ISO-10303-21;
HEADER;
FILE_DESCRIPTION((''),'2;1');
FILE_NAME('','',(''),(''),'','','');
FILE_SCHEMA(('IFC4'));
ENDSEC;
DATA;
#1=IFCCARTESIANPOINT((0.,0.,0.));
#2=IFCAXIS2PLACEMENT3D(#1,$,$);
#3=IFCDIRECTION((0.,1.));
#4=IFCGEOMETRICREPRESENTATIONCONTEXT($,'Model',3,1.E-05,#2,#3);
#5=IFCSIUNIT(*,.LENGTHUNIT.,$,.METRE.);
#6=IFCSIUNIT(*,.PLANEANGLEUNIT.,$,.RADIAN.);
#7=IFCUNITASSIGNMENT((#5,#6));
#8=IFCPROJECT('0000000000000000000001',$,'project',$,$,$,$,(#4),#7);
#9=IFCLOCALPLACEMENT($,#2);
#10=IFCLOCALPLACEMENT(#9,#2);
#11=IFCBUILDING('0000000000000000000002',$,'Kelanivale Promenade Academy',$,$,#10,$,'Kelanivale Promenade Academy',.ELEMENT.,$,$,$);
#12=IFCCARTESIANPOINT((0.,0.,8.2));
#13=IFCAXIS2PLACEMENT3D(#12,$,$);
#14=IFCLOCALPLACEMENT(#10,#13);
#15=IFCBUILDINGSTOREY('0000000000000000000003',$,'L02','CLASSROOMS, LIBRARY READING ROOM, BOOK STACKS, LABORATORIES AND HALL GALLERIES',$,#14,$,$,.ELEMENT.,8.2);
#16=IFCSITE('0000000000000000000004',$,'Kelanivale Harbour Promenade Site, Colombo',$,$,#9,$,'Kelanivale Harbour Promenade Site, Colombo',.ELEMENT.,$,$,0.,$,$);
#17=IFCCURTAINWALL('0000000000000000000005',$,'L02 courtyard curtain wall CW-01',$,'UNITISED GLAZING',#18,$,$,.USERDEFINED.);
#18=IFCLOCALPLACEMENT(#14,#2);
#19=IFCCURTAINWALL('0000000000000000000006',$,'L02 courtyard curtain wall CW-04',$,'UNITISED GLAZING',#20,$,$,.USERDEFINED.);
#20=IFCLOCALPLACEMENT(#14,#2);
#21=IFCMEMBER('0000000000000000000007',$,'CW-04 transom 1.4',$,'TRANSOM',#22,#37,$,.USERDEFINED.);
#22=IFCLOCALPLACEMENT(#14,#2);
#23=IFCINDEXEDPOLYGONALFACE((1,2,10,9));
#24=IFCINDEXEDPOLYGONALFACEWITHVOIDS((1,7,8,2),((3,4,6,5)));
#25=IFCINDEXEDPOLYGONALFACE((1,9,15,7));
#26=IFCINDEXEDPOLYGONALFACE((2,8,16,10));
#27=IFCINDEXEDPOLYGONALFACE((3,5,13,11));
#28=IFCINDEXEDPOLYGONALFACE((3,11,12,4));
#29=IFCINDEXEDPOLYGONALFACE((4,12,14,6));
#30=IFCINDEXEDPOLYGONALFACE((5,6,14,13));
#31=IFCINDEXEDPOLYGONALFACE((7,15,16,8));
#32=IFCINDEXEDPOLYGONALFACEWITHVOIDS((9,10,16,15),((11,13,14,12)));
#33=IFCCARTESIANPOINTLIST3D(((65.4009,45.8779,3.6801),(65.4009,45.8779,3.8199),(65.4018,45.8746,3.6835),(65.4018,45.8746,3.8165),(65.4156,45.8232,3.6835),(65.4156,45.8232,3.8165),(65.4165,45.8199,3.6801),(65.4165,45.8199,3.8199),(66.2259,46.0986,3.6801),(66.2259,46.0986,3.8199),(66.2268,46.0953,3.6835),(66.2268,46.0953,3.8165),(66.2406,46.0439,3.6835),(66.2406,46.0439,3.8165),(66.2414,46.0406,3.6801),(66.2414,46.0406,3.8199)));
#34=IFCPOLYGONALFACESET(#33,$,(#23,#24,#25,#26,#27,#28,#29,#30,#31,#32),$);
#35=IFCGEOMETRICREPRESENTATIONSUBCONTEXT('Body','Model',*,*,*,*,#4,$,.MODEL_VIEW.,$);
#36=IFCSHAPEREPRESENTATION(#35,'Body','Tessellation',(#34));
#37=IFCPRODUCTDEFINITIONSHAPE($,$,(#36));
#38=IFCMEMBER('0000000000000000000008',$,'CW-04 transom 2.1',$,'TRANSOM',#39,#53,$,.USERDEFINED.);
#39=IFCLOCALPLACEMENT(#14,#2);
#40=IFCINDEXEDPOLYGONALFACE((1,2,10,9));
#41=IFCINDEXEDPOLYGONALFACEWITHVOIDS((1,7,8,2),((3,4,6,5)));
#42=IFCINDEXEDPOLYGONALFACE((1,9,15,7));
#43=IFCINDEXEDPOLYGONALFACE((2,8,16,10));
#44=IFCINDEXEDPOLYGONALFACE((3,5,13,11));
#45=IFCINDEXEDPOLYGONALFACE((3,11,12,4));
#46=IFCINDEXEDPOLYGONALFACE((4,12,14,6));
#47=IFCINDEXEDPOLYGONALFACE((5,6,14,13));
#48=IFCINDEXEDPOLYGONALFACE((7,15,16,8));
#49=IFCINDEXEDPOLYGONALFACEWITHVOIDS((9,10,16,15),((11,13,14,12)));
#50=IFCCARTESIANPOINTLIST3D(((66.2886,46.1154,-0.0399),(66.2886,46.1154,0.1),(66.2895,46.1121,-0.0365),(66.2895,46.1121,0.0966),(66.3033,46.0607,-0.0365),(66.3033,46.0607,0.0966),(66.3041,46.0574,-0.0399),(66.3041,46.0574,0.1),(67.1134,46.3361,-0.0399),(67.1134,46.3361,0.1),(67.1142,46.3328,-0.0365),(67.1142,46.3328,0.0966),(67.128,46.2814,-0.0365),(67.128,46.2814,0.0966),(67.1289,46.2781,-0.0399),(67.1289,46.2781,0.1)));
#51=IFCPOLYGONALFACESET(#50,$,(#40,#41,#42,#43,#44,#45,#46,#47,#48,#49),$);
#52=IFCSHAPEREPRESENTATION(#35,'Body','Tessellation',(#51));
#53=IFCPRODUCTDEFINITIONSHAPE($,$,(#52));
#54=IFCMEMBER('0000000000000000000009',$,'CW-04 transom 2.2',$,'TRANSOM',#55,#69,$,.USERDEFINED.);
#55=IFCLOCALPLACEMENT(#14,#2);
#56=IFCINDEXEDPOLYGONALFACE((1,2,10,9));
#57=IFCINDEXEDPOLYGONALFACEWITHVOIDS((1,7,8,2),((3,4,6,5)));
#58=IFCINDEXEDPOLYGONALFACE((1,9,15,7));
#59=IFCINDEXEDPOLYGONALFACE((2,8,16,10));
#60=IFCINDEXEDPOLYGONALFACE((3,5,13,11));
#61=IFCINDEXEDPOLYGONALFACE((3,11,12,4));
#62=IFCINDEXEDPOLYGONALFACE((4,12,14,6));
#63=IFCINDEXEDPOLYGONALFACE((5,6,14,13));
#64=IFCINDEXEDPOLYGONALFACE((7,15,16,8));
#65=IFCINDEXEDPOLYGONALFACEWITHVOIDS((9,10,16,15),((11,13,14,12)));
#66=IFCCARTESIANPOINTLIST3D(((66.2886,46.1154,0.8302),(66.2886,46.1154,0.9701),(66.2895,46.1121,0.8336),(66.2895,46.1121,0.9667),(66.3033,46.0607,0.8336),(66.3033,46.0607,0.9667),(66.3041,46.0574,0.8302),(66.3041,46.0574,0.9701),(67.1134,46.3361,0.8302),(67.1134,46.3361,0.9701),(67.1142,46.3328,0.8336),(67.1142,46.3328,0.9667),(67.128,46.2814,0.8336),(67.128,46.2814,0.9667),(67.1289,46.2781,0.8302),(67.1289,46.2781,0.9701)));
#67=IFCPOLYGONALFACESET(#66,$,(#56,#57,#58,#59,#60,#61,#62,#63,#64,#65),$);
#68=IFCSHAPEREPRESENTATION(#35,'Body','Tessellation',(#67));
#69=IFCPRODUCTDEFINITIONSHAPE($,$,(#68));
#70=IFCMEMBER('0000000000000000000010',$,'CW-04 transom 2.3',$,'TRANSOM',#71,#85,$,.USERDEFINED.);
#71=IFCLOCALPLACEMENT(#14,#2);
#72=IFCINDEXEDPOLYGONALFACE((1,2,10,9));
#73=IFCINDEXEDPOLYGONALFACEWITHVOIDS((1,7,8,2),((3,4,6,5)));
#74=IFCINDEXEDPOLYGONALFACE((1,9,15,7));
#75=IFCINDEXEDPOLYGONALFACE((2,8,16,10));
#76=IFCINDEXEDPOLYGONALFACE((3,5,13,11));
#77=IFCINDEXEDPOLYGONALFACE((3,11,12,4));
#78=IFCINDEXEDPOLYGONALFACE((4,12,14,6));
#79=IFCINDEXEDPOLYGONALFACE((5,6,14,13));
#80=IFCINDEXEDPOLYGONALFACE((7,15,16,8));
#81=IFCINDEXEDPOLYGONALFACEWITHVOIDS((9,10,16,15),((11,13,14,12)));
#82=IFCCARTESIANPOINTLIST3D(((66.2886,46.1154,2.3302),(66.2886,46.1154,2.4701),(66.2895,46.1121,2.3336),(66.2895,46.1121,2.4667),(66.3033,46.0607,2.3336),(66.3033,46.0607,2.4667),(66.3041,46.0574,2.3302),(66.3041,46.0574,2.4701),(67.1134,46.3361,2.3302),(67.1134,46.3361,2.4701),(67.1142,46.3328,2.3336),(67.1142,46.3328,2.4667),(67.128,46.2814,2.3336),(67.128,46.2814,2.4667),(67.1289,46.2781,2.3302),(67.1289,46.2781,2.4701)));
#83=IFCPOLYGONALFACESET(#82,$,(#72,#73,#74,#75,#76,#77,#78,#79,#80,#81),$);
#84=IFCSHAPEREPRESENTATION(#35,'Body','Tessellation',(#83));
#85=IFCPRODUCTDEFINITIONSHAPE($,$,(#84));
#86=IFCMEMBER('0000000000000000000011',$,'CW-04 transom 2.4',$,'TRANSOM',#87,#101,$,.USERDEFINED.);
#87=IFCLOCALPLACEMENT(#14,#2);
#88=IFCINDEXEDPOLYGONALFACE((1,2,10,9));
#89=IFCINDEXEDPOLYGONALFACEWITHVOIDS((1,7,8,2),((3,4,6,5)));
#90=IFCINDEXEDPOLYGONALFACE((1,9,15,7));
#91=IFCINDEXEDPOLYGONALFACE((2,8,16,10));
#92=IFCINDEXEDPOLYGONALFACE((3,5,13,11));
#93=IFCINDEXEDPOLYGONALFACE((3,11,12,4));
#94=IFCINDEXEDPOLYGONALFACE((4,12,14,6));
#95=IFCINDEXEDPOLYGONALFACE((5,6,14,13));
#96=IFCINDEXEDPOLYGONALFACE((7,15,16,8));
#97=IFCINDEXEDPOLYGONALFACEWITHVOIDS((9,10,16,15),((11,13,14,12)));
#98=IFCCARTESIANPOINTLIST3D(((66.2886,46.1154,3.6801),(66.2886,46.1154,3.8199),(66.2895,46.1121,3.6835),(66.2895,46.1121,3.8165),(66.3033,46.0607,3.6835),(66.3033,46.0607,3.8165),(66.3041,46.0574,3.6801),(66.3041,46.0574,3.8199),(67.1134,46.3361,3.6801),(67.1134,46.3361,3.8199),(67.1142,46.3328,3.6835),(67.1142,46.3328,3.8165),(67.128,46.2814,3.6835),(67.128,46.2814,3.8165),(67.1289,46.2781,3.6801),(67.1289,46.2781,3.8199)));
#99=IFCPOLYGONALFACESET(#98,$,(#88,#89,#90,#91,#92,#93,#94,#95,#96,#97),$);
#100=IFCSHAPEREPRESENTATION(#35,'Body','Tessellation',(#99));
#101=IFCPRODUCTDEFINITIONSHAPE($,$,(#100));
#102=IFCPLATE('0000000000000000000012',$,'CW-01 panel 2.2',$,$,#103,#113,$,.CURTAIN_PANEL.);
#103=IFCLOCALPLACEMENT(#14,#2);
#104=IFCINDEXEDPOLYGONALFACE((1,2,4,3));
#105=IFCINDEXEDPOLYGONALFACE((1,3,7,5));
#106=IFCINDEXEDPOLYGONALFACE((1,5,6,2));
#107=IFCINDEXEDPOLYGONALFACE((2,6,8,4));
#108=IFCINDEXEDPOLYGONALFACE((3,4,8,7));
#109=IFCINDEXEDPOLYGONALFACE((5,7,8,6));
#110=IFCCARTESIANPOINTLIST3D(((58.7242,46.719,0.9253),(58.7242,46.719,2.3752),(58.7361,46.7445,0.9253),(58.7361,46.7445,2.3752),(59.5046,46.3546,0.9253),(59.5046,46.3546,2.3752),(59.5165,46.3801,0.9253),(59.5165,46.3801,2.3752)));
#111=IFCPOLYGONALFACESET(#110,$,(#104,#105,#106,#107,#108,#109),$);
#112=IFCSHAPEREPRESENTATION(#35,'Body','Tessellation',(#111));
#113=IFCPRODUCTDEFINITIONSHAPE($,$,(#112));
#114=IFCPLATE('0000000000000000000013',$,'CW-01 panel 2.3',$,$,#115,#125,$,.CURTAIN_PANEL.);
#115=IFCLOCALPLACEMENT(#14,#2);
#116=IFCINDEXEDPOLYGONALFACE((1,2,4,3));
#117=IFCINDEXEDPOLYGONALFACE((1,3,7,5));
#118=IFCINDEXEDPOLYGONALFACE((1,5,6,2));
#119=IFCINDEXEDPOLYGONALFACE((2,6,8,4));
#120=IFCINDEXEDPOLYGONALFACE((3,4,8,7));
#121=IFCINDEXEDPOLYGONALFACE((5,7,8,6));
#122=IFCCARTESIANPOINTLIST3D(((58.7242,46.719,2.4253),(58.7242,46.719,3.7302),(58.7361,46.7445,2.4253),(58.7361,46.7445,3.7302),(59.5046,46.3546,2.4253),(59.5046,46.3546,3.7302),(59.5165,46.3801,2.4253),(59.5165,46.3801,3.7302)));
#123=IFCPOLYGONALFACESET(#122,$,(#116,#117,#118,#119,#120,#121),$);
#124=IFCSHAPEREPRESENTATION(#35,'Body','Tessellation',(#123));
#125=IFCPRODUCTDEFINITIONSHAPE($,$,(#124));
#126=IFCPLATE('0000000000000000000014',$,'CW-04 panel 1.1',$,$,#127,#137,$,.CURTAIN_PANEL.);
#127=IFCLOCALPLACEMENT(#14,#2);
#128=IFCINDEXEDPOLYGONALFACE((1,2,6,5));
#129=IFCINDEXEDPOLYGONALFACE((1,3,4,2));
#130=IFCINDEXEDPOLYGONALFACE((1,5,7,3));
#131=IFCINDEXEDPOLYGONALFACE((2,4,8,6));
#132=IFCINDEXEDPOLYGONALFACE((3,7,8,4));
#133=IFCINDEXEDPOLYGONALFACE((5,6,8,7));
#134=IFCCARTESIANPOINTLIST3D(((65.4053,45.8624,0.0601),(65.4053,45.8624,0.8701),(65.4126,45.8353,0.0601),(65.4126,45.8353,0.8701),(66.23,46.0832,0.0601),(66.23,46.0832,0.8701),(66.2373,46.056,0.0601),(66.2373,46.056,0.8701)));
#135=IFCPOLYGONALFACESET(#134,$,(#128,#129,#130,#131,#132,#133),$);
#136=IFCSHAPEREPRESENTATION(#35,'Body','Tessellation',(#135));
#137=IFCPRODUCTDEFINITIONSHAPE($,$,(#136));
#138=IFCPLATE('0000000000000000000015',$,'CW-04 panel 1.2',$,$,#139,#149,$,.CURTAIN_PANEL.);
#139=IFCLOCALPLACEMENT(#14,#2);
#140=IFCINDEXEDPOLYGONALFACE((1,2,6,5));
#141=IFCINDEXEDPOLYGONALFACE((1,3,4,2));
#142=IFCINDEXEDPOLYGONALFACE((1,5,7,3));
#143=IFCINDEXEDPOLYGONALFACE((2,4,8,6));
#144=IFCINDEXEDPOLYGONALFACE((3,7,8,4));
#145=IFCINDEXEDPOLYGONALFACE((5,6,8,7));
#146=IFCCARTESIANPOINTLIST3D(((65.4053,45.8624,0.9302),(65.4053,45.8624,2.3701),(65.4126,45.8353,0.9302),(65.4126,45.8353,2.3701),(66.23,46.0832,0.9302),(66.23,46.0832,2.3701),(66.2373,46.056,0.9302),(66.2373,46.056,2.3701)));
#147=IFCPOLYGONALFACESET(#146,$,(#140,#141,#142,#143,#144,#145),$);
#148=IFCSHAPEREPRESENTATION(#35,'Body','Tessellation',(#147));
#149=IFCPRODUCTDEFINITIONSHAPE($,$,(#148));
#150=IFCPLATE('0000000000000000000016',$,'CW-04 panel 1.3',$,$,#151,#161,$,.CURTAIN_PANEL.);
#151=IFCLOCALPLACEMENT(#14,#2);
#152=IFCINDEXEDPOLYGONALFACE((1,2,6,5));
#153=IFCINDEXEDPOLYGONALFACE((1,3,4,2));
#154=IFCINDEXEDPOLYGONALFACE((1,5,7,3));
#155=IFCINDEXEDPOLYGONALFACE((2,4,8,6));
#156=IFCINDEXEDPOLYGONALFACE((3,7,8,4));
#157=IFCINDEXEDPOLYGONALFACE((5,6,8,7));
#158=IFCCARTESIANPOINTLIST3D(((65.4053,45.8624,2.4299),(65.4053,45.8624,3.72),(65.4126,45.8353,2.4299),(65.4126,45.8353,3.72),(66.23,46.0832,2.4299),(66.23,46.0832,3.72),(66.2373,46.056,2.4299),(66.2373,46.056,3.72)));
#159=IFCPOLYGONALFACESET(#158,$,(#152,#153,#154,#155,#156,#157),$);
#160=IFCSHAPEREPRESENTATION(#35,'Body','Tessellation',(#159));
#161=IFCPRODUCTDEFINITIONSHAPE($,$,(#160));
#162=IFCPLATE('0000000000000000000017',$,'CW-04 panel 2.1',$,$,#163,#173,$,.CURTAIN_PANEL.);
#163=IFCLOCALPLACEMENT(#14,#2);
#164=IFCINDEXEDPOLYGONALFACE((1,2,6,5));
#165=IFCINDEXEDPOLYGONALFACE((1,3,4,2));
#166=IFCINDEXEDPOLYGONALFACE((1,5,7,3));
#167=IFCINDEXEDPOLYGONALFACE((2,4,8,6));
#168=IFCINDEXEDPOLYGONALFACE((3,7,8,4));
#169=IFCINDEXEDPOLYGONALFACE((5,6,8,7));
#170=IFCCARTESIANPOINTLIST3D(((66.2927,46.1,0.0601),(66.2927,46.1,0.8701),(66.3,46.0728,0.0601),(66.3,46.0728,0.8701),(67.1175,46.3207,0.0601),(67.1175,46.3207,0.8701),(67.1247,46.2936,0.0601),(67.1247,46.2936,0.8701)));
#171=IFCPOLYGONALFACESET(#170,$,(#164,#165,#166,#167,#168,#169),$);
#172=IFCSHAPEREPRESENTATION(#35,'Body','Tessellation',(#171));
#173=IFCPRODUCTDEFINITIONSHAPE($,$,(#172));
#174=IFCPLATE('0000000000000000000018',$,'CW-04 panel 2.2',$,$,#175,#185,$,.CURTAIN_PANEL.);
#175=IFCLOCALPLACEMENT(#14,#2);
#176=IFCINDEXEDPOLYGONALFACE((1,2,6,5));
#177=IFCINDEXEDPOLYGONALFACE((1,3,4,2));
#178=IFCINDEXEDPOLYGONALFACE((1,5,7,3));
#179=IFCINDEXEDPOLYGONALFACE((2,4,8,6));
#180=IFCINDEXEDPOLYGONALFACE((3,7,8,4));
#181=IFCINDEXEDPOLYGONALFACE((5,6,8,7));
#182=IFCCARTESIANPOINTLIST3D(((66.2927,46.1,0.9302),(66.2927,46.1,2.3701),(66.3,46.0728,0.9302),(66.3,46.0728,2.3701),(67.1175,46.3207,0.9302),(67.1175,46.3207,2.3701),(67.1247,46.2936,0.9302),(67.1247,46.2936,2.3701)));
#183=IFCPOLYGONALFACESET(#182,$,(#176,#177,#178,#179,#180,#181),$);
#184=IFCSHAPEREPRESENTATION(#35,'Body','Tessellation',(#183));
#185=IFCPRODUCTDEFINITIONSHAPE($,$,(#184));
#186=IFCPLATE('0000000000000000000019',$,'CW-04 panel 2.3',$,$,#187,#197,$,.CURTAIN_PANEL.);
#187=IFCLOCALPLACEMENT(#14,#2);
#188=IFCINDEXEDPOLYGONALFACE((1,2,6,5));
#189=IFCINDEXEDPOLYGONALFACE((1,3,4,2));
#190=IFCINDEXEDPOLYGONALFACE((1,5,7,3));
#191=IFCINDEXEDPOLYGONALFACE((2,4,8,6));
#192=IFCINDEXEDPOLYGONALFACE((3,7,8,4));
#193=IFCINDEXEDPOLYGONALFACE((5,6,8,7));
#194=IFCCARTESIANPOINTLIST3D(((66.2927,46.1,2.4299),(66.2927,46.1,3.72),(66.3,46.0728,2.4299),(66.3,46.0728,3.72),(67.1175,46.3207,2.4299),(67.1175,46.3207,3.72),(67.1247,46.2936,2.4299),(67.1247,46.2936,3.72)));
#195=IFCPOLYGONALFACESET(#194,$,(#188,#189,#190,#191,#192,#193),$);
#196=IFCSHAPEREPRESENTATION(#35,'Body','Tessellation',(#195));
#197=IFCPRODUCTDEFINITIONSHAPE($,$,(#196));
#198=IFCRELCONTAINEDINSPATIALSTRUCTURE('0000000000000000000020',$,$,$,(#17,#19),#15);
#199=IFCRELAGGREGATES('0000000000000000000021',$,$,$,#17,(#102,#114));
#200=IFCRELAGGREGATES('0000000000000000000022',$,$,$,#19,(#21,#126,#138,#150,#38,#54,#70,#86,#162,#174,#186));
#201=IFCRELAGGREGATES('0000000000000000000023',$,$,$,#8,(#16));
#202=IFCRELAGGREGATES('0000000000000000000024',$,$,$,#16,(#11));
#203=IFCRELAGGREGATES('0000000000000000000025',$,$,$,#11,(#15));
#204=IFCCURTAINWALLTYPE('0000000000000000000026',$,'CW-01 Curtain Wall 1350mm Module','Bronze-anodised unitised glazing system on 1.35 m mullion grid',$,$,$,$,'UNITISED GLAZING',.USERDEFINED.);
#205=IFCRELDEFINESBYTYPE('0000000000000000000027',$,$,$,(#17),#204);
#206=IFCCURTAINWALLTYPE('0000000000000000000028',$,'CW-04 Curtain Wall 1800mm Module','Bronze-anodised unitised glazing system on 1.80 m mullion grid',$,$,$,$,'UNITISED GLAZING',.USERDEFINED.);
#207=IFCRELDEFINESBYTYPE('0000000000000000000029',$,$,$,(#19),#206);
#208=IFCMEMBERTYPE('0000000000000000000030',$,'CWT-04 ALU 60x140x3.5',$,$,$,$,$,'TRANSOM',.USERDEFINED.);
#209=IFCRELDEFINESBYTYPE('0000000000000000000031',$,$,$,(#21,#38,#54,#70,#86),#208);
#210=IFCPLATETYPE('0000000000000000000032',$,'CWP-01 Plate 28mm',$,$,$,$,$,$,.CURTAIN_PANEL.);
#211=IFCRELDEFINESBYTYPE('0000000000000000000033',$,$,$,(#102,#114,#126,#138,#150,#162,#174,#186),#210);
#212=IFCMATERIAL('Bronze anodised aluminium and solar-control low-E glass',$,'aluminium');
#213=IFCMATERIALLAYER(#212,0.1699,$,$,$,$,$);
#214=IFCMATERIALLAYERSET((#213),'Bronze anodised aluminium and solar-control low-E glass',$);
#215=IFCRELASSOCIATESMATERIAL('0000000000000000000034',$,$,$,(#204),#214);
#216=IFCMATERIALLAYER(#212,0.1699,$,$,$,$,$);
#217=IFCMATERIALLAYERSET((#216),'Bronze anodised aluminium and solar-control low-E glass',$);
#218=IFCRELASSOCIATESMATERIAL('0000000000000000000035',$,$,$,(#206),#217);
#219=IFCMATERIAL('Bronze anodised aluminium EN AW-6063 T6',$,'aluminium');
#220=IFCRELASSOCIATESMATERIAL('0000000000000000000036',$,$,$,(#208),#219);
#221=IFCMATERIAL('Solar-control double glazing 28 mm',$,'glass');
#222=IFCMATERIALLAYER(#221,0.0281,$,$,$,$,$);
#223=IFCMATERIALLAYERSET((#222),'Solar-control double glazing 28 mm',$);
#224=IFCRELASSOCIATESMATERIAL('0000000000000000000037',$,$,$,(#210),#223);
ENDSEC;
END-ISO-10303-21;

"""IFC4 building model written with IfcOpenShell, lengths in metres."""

from ifc_helpers import new_model, si_unit, direction, frame, origin, origin_2d, place, context, subcontext, project, spatial, rectangle, hollow_rectangle, extrude, material, layer, layer_set, material_profile, profile_set, type_object, element, aggregate, save


model = new_model("IFC4")

# Units and contexts
model_context = context("Model", 3, precision=1e-05, world=origin(), true_north=direction((0.0, 1.0)))
body_context = subcontext(model_context, "Body", "Model", "MODEL_VIEW")
ifc_project = project(units=[si_unit("LENGTHUNIT", "METRE"), si_unit("PLANEANGLEUNIT", "RADIAN")], contexts=[model_context])

# Site, building, storey
site_placement = place(None, origin())
site = spatial("IfcSite", under=ifc_project, at=site_placement, Name="Kelanivale Harbour Promenade Site, Colombo", LongName="Kelanivale Harbour Promenade Site, Colombo", CompositionType="ELEMENT", RefElevation=0.0)
building_placement = place(site_placement, origin())
building = spatial("IfcBuilding", under=site, at=building_placement, Name="Kelanivale Promenade Academy", LongName="Kelanivale Promenade Academy", CompositionType="ELEMENT")
storey_placement = place(building_placement, frame((0.0, 0.0, 8.2)))
storey = spatial("IfcBuildingStorey", under=building, at=storey_placement, Name="L02", Description="CLASSROOMS, LIBRARY READING ROOM, BOOK STACKS, LABORATORIES AND HALL GALLERIES", CompositionType="ELEMENT", Elevation=8.2)

# Curtain wall
ifc_material_1 = material(Name="Bronze anodised aluminium and solar-control low-E glass", Category="aluminium")
ifc_layer_1 = layer(ifc_material_1, 0.1699)
ifc_layer_set_1 = layer_set([ifc_layer_1], Name="Bronze anodised aluminium and solar-control low-E glass")
curtain_wall_type_1 = type_object("IfcCurtainWallType", Name="CW-01 Curtain Wall 1350mm Module", Description="Bronze-anodised unitised glazing system on 1.35 m mullion grid", ElementType="UNITISED GLAZING", PredefinedType="USERDEFINED", material=ifc_layer_set_1)
curtain_wall_1_placement = place(storey_placement, origin())
curtain_wall_1 = element("IfcCurtainWall", 1, at=curtain_wall_1_placement, inside=storey, type_object=curtain_wall_type_1, Name="L02 courtyard curtain wall CW-01", ObjectType="UNITISED GLAZING", PredefinedType="USERDEFINED")
ifc_material_2 = material(Name="Bronze anodised aluminium EN AW-6063 T6", Category="aluminium")

# Curtain wall
ifc_layer_2 = layer(ifc_material_1, 0.1699)
ifc_layer_set_2 = layer_set([ifc_layer_2], Name="Bronze anodised aluminium and solar-control low-E glass")
curtain_wall_type_2 = type_object("IfcCurtainWallType", Name="CW-04 Curtain Wall 1800mm Module", Description="Bronze-anodised unitised glazing system on 1.80 m mullion grid", ElementType="UNITISED GLAZING", PredefinedType="USERDEFINED", material=ifc_layer_set_2)
curtain_wall_2_placement = place(storey_placement, origin())
curtain_wall_2 = element("IfcCurtainWall", 2, at=curtain_wall_2_placement, inside=storey, type_object=curtain_wall_type_2, Name="L02 courtyard curtain wall CW-04", ObjectType="UNITISED GLAZING", PredefinedType="USERDEFINED")

# Members
ifc_material_profile_1 = material_profile(ifc_material_2, hollow_rectangle(XDim=0.0601, YDim=0.1399, WallThickness=0.0034, at=origin_2d()), Name="ALU 60x140x3.5")
ifc_profile_set_1 = profile_set([ifc_material_profile_1], Name="Bronze anodised aluminium EN AW-6063 T6")
member_type_1 = type_object("IfcMemberType", Name="CWT-04 ALU 60x140x3.5", ElementType="TRANSOM", PredefinedType="USERDEFINED", material=ifc_profile_set_1)
member_1_placement = place(storey_placement, frame((65.4087, 45.8489, 3.75), z_axis=(0.966026, 0.258446, 0.0), x_axis=(-0.258446, 0.966026, 0.0)))
member_1 = element("IfcMember", 3, at=member_1_placement, type_object=member_type_1, Name="CW-04 transom 1.4", ObjectType="TRANSOM", PredefinedType="USERDEFINED", context=body_context, shape_type="SweptSolid", body=[
    extrude(hollow_rectangle(XDim=0.0601, YDim=0.1399, WallThickness=0.0034, at=origin_2d()), origin(), (0.0, 0.0, 1.0), 0.854),
])
member_2_placement = place(storey_placement, frame((66.2964, 46.0864, 0.03), z_axis=(0.966007, 0.258517, 0.0), x_axis=(-0.258517, 0.966007, 0.0)))
member_2 = element("IfcMember", 4, at=member_2_placement, type_object=member_type_1, Name="CW-04 transom 2.1", ObjectType="TRANSOM", PredefinedType="USERDEFINED", context=body_context, shape_type="SweptSolid", body=[
    extrude(hollow_rectangle(XDim=0.0601, YDim=0.1399, WallThickness=0.0034, at=origin_2d()), origin(), (0.0, 0.0, 1.0), 0.8538),
])
member_3_placement = place(storey_placement, frame((66.2964, 46.0864, 0.9001), z_axis=(0.966007, 0.258517, 0.0), x_axis=(-0.258517, 0.966007, 0.0)))
member_3 = element("IfcMember", 5, at=member_3_placement, type_object=member_type_1, Name="CW-04 transom 2.2", ObjectType="TRANSOM", PredefinedType="USERDEFINED", context=body_context, shape_type="SweptSolid", body=[
    extrude(hollow_rectangle(XDim=0.0601, YDim=0.1399, WallThickness=0.0034, at=origin_2d()), origin(), (0.0, 0.0, 1.0), 0.8538),
])
member_4_placement = place(storey_placement, frame((66.2964, 46.0864, 2.4001), z_axis=(0.966007, 0.258517, 0.0), x_axis=(-0.258517, 0.966007, 0.0)))
member_4 = element("IfcMember", 6, at=member_4_placement, type_object=member_type_1, Name="CW-04 transom 2.3", ObjectType="TRANSOM", PredefinedType="USERDEFINED", context=body_context, shape_type="SweptSolid", body=[
    extrude(hollow_rectangle(XDim=0.0601, YDim=0.1399, WallThickness=0.0034, at=origin_2d()), origin(), (0.0, 0.0, 1.0), 0.8538),
])
member_5_placement = place(storey_placement, frame((66.2964, 46.0864, 3.75), z_axis=(0.966007, 0.258517, 0.0), x_axis=(-0.258517, 0.966007, 0.0)))
member_5 = element("IfcMember", 7, at=member_5_placement, type_object=member_type_1, Name="CW-04 transom 2.4", ObjectType="TRANSOM", PredefinedType="USERDEFINED", context=body_context, shape_type="SweptSolid", body=[
    extrude(hollow_rectangle(XDim=0.0601, YDim=0.1399, WallThickness=0.0034, at=origin_2d()), origin(), (0.0, 0.0, 1.0), 0.8538),
])

# Plates
ifc_material_3 = material(Name="Solar-control double glazing 28 mm", Category="glass")
ifc_layer_3 = layer(ifc_material_3, 0.0281)
ifc_layer_set_3 = layer_set([ifc_layer_3], Name="Solar-control double glazing 28 mm")
plate_type_1 = type_object("IfcPlateType", Name="CWP-01 Plate 28mm", PredefinedType="CURTAIN_PANEL", material=ifc_layer_set_3)
plate_1_placement = place(storey_placement, frame((59.1204, 46.5496, 0.9253), z_axis=(0.0, 0.0, 1.0), x_axis=(0.906089, -0.423087, 0.0)))
plate_1 = element("IfcPlate", 8, at=plate_1_placement, type_object=plate_type_1, Name="CW-01 panel 2.2", PredefinedType="CURTAIN_PANEL", context=body_context, shape_type="SweptSolid", body=[
    extrude(rectangle(XDim=0.8613, YDim=0.0281, at=origin_2d()), origin(), (0.0, 0.0, 1.0), 1.45),
])
plate_2_placement = place(storey_placement, frame((59.1204, 46.5496, 2.4253), z_axis=(0.0, 0.0, 1.0), x_axis=(0.906089, -0.423087, 0.0)))
plate_2 = element("IfcPlate", 9, at=plate_2_placement, type_object=plate_type_1, Name="CW-01 panel 2.3", PredefinedType="CURTAIN_PANEL", context=body_context, shape_type="SweptSolid", body=[
    extrude(rectangle(XDim=0.8613, YDim=0.0281, at=origin_2d()), origin(), (0.0, 0.0, 1.0), 1.3049),
])
aggregate(curtain_wall_1, [plate_1, plate_2])
plate_3_placement = place(storey_placement, frame((65.8213, 45.9592, 0.0601), z_axis=(0.0, 0.0, 1.0), x_axis=(0.96599, 0.258578, 0.0)))
plate_3 = element("IfcPlate", 10, at=plate_3_placement, type_object=plate_type_1, Name="CW-04 panel 1.1", PredefinedType="CURTAIN_PANEL", context=body_context, shape_type="SweptSolid", body=[
    extrude(rectangle(XDim=0.8538, YDim=0.0281, at=origin_2d()), origin(), (0.0, 0.0, 1.0), 0.8101),
])
plate_4_placement = place(storey_placement, frame((65.8213, 45.9592, 0.9302), z_axis=(0.0, 0.0, 1.0), x_axis=(0.96599, 0.258578, 0.0)))
plate_4 = element("IfcPlate", 11, at=plate_4_placement, type_object=plate_type_1, Name="CW-04 panel 1.2", PredefinedType="CURTAIN_PANEL", context=body_context, shape_type="SweptSolid", body=[
    extrude(rectangle(XDim=0.8538, YDim=0.0281, at=origin_2d()), origin(), (0.0, 0.0, 1.0), 1.4399),
])
plate_5_placement = place(storey_placement, frame((65.8213, 45.9592, 2.4299), z_axis=(0.0, 0.0, 1.0), x_axis=(0.96599, 0.258578, 0.0)))
plate_5 = element("IfcPlate", 12, at=plate_5_placement, type_object=plate_type_1, Name="CW-04 panel 1.3", PredefinedType="CURTAIN_PANEL", context=body_context, shape_type="SweptSolid", body=[
    extrude(rectangle(XDim=0.8538, YDim=0.0281, at=origin_2d()), origin(), (0.0, 0.0, 1.0), 1.29),
])
plate_6_placement = place(storey_placement, frame((66.7087, 46.1968, 0.0601), z_axis=(0.0, 0.0, 1.0), x_axis=(0.96599, 0.258578, 0.0)))
plate_6 = element("IfcPlate", 13, at=plate_6_placement, type_object=plate_type_1, Name="CW-04 panel 2.1", PredefinedType="CURTAIN_PANEL", context=body_context, shape_type="SweptSolid", body=[
    extrude(rectangle(XDim=0.8538, YDim=0.0281, at=origin_2d()), origin(), (0.0, 0.0, 1.0), 0.8101),
])
plate_7_placement = place(storey_placement, frame((66.7087, 46.1968, 0.9302), z_axis=(0.0, 0.0, 1.0), x_axis=(0.96599, 0.258578, 0.0)))
plate_7 = element("IfcPlate", 14, at=plate_7_placement, type_object=plate_type_1, Name="CW-04 panel 2.2", PredefinedType="CURTAIN_PANEL", context=body_context, shape_type="SweptSolid", body=[
    extrude(rectangle(XDim=0.8538, YDim=0.0281, at=origin_2d()), origin(), (0.0, 0.0, 1.0), 1.4399),
])
plate_8_placement = place(storey_placement, frame((66.7087, 46.1968, 2.4299), z_axis=(0.0, 0.0, 1.0), x_axis=(0.96599, 0.258578, 0.0)))
plate_8 = element("IfcPlate", 15, at=plate_8_placement, type_object=plate_type_1, Name="CW-04 panel 2.3", PredefinedType="CURTAIN_PANEL", context=body_context, shape_type="SweptSolid", body=[
    extrude(rectangle(XDim=0.8538, YDim=0.0281, at=origin_2d()), origin(), (0.0, 0.0, 1.0), 1.29),
])
aggregate(curtain_wall_2, [member_1, plate_3, plate_4, plate_5, member_2, member_3, member_4, member_5, plate_6, plate_7, plate_8])

save(model, "model.ifc")
